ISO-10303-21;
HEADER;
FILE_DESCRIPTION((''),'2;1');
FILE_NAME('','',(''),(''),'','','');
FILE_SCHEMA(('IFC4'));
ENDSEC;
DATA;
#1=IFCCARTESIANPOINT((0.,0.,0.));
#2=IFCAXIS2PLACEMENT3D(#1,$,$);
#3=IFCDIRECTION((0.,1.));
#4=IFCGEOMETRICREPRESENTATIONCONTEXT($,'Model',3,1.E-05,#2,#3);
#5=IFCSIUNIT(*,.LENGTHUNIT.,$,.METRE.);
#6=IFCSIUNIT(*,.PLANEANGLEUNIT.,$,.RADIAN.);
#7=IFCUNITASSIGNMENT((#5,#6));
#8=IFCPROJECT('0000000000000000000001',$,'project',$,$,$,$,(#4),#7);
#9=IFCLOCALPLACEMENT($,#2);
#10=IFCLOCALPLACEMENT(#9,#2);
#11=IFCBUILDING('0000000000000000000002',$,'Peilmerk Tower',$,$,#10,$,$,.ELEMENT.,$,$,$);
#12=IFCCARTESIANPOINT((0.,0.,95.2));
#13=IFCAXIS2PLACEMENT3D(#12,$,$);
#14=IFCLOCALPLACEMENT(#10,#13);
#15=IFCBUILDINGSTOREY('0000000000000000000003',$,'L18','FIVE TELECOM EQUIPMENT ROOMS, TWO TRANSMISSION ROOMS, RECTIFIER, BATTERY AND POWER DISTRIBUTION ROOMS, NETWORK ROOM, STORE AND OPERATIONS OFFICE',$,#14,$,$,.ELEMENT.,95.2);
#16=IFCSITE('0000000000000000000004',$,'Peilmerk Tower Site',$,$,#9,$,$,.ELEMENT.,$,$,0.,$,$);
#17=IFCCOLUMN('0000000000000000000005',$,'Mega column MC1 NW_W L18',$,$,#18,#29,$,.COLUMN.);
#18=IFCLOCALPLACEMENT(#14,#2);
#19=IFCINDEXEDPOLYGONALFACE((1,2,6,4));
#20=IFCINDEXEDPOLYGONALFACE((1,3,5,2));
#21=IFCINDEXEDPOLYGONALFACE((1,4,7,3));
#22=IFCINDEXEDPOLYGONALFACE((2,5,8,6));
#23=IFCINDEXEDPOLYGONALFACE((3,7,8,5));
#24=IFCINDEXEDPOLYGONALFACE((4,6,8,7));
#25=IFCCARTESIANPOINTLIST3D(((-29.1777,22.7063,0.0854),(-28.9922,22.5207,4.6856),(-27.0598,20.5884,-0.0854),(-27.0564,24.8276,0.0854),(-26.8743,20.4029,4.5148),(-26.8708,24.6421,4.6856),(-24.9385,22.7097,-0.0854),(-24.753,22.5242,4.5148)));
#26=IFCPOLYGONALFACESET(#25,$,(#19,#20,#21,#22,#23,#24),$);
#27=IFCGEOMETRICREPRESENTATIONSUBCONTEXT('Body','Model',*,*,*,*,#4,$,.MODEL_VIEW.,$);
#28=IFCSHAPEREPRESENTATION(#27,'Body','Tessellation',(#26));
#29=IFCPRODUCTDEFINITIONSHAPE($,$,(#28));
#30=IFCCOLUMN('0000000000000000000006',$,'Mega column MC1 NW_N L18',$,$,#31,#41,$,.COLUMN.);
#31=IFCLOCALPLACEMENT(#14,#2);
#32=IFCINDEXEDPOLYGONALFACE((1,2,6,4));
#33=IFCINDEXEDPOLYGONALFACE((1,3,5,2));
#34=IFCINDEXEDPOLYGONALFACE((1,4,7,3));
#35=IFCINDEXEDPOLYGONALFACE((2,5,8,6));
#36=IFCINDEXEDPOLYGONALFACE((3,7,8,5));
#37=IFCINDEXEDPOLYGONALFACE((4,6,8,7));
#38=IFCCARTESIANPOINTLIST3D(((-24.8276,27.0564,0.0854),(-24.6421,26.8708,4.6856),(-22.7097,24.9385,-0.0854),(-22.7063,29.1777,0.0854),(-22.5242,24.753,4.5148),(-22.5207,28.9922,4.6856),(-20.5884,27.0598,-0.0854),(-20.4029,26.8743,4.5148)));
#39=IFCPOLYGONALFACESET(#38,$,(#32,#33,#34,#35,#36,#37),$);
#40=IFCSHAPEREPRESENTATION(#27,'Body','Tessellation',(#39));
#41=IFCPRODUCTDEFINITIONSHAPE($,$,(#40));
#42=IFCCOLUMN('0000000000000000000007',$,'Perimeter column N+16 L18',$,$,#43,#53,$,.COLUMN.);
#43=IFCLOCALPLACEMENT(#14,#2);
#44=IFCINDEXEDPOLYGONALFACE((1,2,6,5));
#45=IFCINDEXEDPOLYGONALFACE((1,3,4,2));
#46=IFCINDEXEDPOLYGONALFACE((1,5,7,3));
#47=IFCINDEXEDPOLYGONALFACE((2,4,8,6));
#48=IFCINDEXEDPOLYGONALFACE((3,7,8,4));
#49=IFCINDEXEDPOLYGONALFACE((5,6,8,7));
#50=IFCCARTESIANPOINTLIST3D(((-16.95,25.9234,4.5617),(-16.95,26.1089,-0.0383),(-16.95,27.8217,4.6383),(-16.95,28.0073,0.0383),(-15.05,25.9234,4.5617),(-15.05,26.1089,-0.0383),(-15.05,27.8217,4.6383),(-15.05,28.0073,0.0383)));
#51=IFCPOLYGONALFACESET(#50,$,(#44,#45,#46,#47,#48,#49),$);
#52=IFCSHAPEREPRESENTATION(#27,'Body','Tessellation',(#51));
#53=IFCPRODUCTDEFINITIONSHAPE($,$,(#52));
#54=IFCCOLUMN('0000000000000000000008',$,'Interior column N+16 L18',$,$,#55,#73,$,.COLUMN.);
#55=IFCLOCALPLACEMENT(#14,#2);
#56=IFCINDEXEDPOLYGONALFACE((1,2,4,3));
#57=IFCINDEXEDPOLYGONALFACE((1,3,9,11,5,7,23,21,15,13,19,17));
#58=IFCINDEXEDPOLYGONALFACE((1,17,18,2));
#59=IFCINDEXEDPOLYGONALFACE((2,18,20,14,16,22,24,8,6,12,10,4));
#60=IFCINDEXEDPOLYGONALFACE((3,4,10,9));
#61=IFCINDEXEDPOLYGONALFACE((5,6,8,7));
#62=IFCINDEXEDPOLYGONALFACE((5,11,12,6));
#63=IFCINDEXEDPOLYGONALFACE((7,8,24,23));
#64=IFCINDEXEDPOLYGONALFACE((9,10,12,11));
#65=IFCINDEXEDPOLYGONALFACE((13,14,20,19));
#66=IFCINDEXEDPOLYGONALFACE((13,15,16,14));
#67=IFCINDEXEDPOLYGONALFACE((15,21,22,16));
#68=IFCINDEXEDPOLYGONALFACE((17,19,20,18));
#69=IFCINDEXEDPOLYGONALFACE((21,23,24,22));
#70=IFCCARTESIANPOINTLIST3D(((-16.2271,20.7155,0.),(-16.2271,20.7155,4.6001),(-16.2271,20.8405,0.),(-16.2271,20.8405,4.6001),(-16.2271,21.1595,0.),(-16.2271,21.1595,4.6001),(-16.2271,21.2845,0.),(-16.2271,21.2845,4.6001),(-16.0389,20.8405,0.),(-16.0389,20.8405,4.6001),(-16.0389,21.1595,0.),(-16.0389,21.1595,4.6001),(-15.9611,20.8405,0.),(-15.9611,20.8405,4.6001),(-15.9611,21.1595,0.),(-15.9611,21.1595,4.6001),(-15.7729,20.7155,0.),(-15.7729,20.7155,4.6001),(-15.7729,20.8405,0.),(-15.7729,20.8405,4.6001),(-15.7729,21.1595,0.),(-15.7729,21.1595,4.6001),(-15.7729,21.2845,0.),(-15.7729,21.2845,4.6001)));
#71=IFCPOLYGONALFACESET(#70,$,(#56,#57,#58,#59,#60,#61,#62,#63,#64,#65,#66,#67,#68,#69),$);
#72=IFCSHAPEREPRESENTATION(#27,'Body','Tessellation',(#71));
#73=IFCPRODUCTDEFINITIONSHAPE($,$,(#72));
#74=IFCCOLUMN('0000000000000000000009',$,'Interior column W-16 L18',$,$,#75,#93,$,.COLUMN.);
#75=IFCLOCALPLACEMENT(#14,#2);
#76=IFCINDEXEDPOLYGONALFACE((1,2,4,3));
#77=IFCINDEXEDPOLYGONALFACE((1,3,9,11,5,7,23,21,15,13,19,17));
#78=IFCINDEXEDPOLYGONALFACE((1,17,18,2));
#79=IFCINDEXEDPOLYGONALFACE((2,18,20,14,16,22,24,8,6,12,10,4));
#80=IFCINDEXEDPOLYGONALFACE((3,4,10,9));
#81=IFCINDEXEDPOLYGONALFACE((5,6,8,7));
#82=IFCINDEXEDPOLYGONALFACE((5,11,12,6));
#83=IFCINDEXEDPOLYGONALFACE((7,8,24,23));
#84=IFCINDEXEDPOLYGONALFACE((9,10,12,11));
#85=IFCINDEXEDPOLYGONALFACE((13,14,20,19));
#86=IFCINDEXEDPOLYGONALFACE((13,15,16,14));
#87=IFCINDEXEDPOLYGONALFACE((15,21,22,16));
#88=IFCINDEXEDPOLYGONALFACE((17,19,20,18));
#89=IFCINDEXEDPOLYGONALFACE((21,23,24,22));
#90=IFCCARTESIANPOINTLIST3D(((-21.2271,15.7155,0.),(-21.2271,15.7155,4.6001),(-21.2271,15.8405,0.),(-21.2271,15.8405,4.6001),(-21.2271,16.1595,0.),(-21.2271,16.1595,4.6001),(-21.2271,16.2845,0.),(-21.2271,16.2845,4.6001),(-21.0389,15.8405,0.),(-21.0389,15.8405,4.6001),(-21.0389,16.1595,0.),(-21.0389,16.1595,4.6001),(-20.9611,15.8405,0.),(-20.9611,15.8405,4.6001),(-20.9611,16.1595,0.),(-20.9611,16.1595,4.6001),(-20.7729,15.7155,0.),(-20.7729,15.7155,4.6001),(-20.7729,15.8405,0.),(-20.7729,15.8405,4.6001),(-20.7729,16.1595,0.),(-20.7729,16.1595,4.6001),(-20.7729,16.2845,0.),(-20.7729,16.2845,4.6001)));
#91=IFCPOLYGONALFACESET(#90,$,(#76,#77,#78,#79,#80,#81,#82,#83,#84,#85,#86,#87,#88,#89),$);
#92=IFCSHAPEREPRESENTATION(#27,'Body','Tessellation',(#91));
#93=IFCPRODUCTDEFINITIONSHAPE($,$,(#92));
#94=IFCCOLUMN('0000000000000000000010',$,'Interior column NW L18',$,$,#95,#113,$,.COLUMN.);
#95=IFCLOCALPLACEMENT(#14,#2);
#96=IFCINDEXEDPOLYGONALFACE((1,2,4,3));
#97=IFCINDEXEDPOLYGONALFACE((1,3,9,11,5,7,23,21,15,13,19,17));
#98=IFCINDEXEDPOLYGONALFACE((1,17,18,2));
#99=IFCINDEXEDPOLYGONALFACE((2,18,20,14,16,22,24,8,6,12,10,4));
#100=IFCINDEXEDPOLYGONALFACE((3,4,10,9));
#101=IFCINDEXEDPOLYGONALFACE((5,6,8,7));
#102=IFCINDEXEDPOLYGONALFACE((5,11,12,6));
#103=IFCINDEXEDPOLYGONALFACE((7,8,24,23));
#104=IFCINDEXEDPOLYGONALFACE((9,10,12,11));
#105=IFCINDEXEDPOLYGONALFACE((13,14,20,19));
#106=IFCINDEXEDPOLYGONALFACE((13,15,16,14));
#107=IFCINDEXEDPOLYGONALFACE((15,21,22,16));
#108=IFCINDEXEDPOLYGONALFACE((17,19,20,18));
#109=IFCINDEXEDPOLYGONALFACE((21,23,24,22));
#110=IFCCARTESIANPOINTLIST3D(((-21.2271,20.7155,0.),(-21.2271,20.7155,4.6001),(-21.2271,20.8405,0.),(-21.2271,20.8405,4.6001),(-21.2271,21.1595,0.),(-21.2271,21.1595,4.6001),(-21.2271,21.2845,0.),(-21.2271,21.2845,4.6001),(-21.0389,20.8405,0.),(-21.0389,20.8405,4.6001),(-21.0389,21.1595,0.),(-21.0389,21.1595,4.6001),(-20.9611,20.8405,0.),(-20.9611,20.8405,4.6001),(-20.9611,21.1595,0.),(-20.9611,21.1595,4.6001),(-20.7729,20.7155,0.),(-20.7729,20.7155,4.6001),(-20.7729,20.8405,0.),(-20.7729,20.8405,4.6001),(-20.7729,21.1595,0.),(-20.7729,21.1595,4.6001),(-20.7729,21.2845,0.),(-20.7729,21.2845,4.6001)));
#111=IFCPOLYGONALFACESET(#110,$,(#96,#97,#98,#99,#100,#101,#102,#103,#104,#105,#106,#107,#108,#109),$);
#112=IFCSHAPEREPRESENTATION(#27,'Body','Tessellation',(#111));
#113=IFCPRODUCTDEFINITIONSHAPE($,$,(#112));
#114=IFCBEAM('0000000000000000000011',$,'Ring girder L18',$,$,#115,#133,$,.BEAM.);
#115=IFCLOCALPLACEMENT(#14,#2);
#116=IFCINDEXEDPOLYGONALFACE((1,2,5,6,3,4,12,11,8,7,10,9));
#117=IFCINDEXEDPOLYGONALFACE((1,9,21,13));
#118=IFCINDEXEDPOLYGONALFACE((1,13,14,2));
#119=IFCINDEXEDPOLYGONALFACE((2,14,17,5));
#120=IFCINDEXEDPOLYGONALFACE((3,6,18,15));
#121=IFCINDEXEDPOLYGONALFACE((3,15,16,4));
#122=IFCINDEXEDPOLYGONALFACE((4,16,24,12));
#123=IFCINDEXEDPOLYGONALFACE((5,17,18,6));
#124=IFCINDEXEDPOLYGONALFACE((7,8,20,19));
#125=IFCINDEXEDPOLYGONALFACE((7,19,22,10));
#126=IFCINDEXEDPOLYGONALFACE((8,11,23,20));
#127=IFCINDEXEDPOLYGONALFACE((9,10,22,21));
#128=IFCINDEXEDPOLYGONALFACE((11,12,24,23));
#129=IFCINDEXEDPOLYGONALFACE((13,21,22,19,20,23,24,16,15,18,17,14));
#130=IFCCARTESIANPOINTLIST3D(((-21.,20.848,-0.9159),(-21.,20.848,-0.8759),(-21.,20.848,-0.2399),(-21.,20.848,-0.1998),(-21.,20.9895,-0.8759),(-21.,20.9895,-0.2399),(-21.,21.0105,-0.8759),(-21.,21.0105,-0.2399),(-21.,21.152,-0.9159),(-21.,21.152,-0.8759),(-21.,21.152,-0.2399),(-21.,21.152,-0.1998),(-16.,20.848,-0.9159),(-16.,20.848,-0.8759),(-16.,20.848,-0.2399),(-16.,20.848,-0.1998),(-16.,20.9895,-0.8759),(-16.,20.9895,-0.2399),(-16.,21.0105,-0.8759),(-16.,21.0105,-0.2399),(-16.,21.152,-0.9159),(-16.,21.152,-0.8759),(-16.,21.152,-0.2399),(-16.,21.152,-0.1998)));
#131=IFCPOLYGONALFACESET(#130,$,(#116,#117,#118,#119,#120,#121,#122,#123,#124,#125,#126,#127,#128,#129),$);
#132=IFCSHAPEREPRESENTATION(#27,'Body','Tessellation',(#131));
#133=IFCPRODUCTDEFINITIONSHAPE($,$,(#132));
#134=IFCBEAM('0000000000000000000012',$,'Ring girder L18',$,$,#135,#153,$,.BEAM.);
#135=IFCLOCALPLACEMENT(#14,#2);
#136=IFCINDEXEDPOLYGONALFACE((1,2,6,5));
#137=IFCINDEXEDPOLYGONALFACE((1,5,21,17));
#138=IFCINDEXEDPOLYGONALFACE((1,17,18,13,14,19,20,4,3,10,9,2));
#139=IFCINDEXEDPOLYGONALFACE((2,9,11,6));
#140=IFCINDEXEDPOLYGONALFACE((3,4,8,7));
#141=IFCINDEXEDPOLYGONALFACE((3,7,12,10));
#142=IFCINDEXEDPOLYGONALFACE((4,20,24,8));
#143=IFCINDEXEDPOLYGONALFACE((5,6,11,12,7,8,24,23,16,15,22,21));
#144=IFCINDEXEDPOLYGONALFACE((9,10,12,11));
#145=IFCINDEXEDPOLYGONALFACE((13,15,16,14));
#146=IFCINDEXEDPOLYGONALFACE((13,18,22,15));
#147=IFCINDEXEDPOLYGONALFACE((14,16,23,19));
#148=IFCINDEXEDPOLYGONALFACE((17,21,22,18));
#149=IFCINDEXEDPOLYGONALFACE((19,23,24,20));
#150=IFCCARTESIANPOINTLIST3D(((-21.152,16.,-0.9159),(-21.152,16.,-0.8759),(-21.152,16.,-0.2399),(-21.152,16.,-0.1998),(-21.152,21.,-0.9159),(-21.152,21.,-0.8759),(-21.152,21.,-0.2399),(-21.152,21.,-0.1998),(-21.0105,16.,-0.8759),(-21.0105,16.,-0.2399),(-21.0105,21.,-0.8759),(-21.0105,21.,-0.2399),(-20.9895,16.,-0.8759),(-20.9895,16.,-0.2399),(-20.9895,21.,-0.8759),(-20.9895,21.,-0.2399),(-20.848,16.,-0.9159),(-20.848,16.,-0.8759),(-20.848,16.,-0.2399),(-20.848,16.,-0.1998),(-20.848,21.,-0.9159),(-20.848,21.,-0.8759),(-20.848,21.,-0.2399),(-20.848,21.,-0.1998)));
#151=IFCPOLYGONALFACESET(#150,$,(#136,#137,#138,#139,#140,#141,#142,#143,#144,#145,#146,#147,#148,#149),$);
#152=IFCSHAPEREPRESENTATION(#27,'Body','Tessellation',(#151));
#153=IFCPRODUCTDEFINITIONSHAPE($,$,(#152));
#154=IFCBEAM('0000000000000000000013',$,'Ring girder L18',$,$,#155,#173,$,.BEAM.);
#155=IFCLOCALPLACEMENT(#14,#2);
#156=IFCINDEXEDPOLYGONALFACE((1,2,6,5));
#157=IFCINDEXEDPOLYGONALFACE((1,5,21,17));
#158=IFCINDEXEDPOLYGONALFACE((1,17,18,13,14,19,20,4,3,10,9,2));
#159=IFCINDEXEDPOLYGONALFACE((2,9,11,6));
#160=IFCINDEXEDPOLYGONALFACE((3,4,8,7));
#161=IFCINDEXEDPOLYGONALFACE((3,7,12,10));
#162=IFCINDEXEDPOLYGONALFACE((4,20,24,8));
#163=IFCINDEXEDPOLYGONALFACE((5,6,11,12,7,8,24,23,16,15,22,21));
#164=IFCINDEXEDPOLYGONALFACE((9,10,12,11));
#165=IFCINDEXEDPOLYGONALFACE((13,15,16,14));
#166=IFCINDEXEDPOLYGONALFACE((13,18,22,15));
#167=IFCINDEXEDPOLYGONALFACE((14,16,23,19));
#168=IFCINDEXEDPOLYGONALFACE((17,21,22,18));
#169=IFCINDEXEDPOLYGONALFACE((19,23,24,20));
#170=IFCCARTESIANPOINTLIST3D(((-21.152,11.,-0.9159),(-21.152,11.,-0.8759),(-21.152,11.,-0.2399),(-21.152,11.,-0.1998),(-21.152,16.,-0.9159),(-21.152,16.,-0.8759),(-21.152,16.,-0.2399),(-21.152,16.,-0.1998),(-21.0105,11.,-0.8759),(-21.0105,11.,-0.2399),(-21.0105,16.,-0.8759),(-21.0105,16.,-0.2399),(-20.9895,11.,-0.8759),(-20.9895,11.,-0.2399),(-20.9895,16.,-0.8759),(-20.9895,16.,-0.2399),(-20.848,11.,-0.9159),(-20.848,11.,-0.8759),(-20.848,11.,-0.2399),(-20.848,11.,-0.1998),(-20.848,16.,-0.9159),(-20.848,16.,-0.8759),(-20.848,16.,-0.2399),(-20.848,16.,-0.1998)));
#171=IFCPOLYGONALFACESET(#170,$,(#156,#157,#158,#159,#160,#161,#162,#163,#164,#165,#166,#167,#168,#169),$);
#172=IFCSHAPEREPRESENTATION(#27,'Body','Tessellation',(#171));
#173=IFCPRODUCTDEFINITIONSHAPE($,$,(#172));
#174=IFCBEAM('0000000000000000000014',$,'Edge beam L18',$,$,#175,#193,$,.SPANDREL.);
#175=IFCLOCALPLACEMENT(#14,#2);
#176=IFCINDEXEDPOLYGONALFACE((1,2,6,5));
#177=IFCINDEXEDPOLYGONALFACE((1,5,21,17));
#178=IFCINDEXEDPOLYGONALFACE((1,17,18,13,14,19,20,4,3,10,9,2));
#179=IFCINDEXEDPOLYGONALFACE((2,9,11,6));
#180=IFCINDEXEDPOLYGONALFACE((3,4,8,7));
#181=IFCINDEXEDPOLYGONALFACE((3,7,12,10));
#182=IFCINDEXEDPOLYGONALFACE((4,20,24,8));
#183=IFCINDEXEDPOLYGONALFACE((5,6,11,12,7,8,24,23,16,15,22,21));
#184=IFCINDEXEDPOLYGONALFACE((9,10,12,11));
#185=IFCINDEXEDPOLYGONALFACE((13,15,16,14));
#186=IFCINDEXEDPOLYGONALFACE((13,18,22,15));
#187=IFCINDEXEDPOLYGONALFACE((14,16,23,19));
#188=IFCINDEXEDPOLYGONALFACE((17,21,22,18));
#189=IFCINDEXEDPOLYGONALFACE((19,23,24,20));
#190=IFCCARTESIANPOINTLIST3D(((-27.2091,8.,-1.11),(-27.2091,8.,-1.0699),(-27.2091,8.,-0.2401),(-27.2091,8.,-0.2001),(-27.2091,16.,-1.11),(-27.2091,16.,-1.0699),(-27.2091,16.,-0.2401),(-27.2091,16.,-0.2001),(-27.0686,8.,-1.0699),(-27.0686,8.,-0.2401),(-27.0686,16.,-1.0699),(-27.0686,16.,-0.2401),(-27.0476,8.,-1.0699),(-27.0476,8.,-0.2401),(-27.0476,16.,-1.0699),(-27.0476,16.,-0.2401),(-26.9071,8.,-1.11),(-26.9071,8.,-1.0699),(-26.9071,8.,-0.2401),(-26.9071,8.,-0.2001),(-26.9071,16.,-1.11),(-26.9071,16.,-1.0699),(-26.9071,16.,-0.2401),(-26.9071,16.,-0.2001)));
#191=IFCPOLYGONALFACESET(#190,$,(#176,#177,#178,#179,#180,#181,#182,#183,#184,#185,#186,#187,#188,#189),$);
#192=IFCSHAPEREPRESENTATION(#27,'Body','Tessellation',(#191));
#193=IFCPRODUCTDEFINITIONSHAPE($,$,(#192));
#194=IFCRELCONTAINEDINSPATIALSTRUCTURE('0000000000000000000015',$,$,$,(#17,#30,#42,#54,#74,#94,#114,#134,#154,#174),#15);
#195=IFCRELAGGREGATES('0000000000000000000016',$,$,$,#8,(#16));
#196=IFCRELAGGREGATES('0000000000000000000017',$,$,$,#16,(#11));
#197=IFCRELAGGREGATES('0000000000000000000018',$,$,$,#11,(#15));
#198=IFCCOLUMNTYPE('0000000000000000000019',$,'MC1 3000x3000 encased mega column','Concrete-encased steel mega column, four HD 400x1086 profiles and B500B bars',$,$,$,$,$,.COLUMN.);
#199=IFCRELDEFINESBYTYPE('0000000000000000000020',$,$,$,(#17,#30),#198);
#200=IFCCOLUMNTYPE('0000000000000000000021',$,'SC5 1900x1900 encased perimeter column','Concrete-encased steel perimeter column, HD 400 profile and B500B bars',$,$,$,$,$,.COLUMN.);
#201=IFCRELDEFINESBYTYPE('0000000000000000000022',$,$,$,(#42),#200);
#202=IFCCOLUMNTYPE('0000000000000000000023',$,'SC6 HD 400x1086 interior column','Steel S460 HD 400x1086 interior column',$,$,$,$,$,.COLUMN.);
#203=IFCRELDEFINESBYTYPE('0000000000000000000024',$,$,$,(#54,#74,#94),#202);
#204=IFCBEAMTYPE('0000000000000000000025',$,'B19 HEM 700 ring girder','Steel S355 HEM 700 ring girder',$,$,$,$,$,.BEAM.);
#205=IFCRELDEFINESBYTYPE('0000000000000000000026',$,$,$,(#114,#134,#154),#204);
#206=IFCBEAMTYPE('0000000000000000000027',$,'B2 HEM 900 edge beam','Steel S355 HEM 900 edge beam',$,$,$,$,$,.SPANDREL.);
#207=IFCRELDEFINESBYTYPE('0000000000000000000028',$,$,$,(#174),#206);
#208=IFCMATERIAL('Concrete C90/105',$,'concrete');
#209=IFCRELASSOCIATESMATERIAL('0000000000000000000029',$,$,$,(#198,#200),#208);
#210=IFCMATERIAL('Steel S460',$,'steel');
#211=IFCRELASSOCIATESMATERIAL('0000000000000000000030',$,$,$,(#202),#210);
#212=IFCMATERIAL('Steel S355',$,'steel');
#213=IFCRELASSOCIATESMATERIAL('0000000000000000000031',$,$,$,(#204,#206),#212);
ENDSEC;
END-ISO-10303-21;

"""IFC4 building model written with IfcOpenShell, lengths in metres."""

from ifc_helpers import new_model, si_unit, direction, frame, origin, origin_2d, place, context, subcontext, project, spatial, rectangle, i_section, extrude, material, material_profile, profile_set, type_object, element, save


model = new_model("IFC4")

# Units and contexts
model_context = context("Model", 3, precision=1e-05, world=origin(), true_north=direction((0.0, 1.0)))
body_context = subcontext(model_context, "Body", "Model", "MODEL_VIEW")
ifc_project = project(units=[si_unit("LENGTHUNIT", "METRE"), si_unit("PLANEANGLEUNIT", "RADIAN")], contexts=[model_context])

# Site, building, storey
site_placement = place(None, origin())
site = spatial("IfcSite", under=ifc_project, at=site_placement, Name="Peilmerk Tower Site", CompositionType="ELEMENT", RefElevation=0.0)
building_placement = place(site_placement, origin())
building = spatial("IfcBuilding", under=site, at=building_placement, Name="Peilmerk Tower", CompositionType="ELEMENT")
storey_placement = place(building_placement, frame((0.0, 0.0, 95.2)))
storey = spatial("IfcBuildingStorey", under=building, at=storey_placement, Name="L18", Description="FIVE TELECOM EQUIPMENT ROOMS, TWO TRANSMISSION ROOMS, RECTIFIER, BATTERY AND POWER DISTRIBUTION ROOMS, NETWORK ROOM, STORE AND OPERATIONS OFFICE", CompositionType="ELEMENT", Elevation=95.2)

# Columns
ifc_material_1 = material(Name="Concrete C90/105", Category="concrete")
ifc_material_profile_1 = material_profile(ifc_material_1, rectangle(XDim=3.0, YDim=3.0, at=origin_2d()), Name="RC 3000x3000")
ifc_profile_set_1 = profile_set([ifc_material_profile_1], Name="Concrete C90/105")
column_type_1 = type_object("IfcColumnType", Name="MC1 3000x3000 encased mega column", Description="Concrete-encased steel mega column, four HD 400x1086 profiles and B500B bars", PredefinedType="COLUMN", material=ifc_profile_set_1)
for number, where, z_axis, x_axis, name in (
    (1, (-27.0581, 22.708, 0.0), (0.04027, -0.04027, 0.998377), (0.707107, 0.707107, 0.0), "Mega column MC1 NW_W L18"),
    (2, (-22.708, 27.0581, 0.0), (0.04027, -0.04027, 0.998377), (0.707107, 0.707107, 0.0), "Mega column MC1 NW_N L18"),
):
    element("IfcColumn", number, at=place(storey_placement, frame(where, z_axis=z_axis, x_axis=x_axis)), inside=storey, type_object=column_type_1, Name=name, PredefinedType="COLUMN", context=body_context, shape_type="SweptSolid", body=[
        extrude(rectangle(XDim=3.0, YDim=3.0, at=origin_2d()), origin(), (0.0, 0.0, 1.0), 4.6077),
    ])
ifc_material_profile_2 = material_profile(ifc_material_1, rectangle(XDim=1.8999, YDim=1.8999, at=origin_2d()), Name="RC 1900x1900")
ifc_profile_set_2 = profile_set([ifc_material_profile_2], Name="Concrete C90/105")
column_type_2 = type_object("IfcColumnType", Name="SC5 1900x1900 encased perimeter column", Description="Concrete-encased steel perimeter column, HD 400 profile and B500B bars", PredefinedType="COLUMN", material=ifc_profile_set_2)
column_placement = place(storey_placement, frame((-16.0, 27.0581, 0.0), z_axis=(0.0, -0.040303, 0.999188), x_axis=(1.0, 0.0, 0.0)))
element("IfcColumn", 3, at=column_placement, inside=storey, type_object=column_type_2, Name="Perimeter column N+16 L18", PredefinedType="COLUMN", context=body_context, shape_type="SweptSolid", body=[
    extrude(rectangle(XDim=1.8999, YDim=1.8999, at=origin_2d()), origin(), (0.0, 0.0, 1.0), 4.6038),
])
ifc_material_2 = material(Name="Steel S460", Category="steel")
ifc_material_profile_3 = material_profile(ifc_material_2, i_section(OverallWidth=0.4541, OverallDepth=0.5691, WebThickness=0.0779, FlangeThickness=0.125, at=origin_2d()), Name="HD 400x1086")
ifc_profile_set_3 = profile_set([ifc_material_profile_3], Name="Steel S460")
column_type_3 = type_object("IfcColumnType", Name="SC6 HD 400x1086 interior column", Description="Steel S460 HD 400x1086 interior column", PredefinedType="COLUMN", material=ifc_profile_set_3)
for number, where, z_axis, x_axis, name in (
    (4, (-16.0, 21.0, 0.0), (0.0, 0.0, 1.0), (1.0, 0.0, 0.0), "Interior column N+16 L18"),
    (5, (-21.0, 16.0, 0.0), (0.0, 0.0, 1.0), (1.0, 0.0, 0.0), "Interior column W-16 L18"),
    (6, (-21.0, 21.0, 0.0), (0.0, 0.0, 1.0), (1.0, 0.0, 0.0), "Interior column NW L18"),
):
    element("IfcColumn", number, at=place(storey_placement, frame(where, z_axis=z_axis, x_axis=x_axis)), inside=storey, type_object=column_type_3, Name=name, PredefinedType="COLUMN", context=body_context, shape_type="SweptSolid", body=[
        extrude(i_section(OverallWidth=0.4541, OverallDepth=0.5691, WebThickness=0.0779, FlangeThickness=0.125, at=origin_2d()), origin(), (0.0, 0.0, 1.0), 4.6001),
    ])

# Beams
ifc_material_3 = material(Name="Steel S355", Category="steel")
ifc_material_profile_4 = material_profile(ifc_material_3, i_section(OverallWidth=0.304, OverallDepth=0.7161, WebThickness=0.021, FlangeThickness=0.04, at=origin_2d()), Name="HEM 700")
ifc_profile_set_4 = profile_set([ifc_material_profile_4], Name="Steel S355")
beam_type_1 = type_object("IfcBeamType", Name="B19 HEM 700 ring girder", Description="Steel S355 HEM 700 ring girder", PredefinedType="BEAM", material=ifc_profile_set_4)
for number, where, z_axis, x_axis, name in (
    (7, (-16.0, 21.0, -0.5579), (-1.0, 0.0, 0.0), (0.0, -1.0, 0.0), "Ring girder L18"),
    (8, (-21.0, 21.0, -0.5579), (0.0, -1.0, 0.0), (1.0, 0.0, 0.0), "Ring girder L18"),
    (9, (-21.0, 16.0, -0.5579), (0.0, -1.0, 0.0), (1.0, 0.0, 0.0), "Ring girder L18"),
):
    element("IfcBeam", number, at=place(storey_placement, frame(where, z_axis=z_axis, x_axis=x_axis)), inside=storey, type_object=beam_type_1, Name=name, PredefinedType="BEAM", context=body_context, shape_type="SweptSolid", body=[
        extrude(i_section(OverallWidth=0.304, OverallDepth=0.7161, WebThickness=0.021, FlangeThickness=0.04, at=origin_2d()), origin(), (0.0, 0.0, 1.0), 5.0),
    ])
ifc_material_profile_5 = material_profile(ifc_material_3, i_section(OverallWidth=0.302, OverallDepth=0.9099, WebThickness=0.021, FlangeThickness=0.04, at=origin_2d()), Name="HEM 900")
ifc_profile_set_5 = profile_set([ifc_material_profile_5], Name="Steel S355")
beam_type_2 = type_object("IfcBeamType", Name="B2 HEM 900 edge beam", Description="Steel S355 HEM 900 edge beam", PredefinedType="SPANDREL", material=ifc_profile_set_5)
beam_1_placement = place(storey_placement, frame((-27.0581, 16.0, -0.655), z_axis=(0.0, -1.0, 0.0), x_axis=(1.0, 0.0, 0.0)))
element("IfcBeam", 10, at=beam_1_placement, inside=storey, type_object=beam_type_2, Name="Edge beam L18", PredefinedType="SPANDREL", context=body_context, shape_type="SweptSolid", body=[
    extrude(i_section(OverallWidth=0.302, OverallDepth=0.9099, WebThickness=0.021, FlangeThickness=0.04, at=origin_2d()), origin(), (0.0, 0.0, 1.0), 8.0),
])

save(model, "model.ifc")
